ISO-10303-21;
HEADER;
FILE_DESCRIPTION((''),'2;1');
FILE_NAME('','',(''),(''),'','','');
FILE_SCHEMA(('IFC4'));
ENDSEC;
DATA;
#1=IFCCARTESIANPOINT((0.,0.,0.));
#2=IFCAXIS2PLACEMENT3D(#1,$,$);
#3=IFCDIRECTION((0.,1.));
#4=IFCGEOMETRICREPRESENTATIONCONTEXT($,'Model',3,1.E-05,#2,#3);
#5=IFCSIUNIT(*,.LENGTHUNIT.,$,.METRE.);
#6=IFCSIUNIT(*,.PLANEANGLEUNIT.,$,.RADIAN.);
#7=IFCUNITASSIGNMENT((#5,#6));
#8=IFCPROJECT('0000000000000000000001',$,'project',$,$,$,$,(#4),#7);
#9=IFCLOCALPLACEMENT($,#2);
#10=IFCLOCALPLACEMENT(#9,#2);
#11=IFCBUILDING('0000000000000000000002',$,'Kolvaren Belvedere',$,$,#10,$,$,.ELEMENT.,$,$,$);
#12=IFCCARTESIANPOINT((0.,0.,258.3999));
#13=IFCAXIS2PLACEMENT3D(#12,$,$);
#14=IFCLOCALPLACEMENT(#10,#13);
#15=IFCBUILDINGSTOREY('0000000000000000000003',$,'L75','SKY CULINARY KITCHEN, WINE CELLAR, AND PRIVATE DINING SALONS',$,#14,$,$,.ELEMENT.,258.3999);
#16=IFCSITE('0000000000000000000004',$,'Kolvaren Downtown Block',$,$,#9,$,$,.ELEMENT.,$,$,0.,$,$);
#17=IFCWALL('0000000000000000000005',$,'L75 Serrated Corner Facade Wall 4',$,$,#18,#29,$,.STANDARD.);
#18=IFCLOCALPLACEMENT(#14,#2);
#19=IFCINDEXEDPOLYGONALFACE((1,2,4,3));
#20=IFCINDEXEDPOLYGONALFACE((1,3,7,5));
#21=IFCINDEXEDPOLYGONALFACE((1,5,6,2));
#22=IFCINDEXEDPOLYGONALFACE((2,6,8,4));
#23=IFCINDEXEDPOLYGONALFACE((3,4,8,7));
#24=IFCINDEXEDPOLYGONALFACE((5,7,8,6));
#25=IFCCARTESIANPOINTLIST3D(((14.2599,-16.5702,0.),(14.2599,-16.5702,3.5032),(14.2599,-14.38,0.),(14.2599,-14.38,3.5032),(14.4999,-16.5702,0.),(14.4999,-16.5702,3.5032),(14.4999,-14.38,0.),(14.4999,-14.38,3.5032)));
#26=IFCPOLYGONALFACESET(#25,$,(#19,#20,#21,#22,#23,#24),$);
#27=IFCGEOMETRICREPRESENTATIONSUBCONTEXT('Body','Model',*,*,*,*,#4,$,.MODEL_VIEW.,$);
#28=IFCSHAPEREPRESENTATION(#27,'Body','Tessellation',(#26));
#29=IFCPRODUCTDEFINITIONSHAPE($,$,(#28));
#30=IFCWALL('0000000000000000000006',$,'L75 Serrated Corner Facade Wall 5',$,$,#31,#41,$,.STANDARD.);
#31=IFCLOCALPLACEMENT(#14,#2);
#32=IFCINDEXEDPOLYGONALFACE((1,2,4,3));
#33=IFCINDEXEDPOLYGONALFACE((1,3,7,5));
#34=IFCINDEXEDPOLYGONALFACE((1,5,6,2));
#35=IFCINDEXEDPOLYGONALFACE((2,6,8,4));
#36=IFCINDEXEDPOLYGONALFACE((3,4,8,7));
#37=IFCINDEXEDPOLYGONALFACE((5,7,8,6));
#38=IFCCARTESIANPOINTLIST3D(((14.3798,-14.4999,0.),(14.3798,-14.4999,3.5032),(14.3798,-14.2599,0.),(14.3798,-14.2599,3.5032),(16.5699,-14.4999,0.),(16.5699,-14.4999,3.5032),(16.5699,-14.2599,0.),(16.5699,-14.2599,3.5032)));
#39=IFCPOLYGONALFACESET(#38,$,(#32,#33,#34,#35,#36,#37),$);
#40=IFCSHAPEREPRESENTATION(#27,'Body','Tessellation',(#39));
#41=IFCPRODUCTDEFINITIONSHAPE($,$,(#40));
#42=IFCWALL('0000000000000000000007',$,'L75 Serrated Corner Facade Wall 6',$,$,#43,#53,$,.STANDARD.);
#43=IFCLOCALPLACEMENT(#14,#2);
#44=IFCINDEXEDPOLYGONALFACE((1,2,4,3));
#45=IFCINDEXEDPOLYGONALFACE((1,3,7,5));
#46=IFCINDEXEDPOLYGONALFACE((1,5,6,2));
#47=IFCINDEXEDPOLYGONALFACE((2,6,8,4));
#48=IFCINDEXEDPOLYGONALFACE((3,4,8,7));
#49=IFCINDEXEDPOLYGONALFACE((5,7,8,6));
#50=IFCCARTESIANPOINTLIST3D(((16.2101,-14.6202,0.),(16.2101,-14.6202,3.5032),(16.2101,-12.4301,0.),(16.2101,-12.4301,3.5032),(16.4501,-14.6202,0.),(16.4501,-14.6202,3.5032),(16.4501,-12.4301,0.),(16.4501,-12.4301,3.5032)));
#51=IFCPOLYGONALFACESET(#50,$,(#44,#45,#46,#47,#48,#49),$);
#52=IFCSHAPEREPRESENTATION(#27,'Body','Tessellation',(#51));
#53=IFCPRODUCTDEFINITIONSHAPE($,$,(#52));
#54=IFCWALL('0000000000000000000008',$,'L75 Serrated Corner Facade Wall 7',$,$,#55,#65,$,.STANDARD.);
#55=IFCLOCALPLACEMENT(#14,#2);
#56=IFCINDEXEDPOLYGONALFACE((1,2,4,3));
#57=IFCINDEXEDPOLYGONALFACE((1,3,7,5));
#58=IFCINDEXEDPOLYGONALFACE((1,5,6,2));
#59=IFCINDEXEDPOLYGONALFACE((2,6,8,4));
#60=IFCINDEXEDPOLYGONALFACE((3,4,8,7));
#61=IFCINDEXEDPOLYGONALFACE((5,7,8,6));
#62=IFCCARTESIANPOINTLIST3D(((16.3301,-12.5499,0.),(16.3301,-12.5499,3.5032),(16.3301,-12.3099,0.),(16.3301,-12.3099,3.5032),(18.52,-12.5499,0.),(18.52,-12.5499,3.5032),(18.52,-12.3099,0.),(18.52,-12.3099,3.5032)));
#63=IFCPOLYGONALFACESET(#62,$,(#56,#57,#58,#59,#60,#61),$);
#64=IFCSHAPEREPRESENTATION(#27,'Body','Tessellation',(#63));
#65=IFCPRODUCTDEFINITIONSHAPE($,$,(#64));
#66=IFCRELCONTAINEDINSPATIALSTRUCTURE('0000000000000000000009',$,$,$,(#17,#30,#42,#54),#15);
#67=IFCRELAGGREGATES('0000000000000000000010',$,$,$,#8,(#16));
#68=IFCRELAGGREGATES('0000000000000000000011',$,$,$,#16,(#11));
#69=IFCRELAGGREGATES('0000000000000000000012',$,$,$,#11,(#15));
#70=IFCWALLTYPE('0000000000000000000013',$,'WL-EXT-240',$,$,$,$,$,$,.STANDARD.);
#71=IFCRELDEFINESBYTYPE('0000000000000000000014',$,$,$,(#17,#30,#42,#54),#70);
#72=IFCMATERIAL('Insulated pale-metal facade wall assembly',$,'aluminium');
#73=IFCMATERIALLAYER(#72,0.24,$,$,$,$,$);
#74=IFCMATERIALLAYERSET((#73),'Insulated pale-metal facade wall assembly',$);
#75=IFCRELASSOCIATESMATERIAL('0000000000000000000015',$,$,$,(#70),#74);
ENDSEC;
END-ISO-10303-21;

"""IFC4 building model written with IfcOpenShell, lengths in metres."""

from ifc_helpers import new_model, si_unit, direction, frame, frame_2d, origin, place, context, subcontext, project, spatial, rectangle, extrude, material, layer, layer_set, type_object, element, save


model = new_model("IFC4")

# Units and contexts
model_context = context("Model", 3, precision=1e-05, world=origin(), true_north=direction((0.0, 1.0)))
body_context = subcontext(model_context, "Body", "Model", "MODEL_VIEW")
ifc_project = project(units=[si_unit("LENGTHUNIT", "METRE"), si_unit("PLANEANGLEUNIT", "RADIAN")], contexts=[model_context])

# Site, building, storey
site_placement = place(None, origin())
site = spatial("IfcSite", under=ifc_project, at=site_placement, Name="Kolvaren Downtown Block", CompositionType="ELEMENT", RefElevation=0.0)
building_placement = place(site_placement, origin())
building = spatial("IfcBuilding", under=site, at=building_placement, Name="Kolvaren Belvedere", CompositionType="ELEMENT")
storey_placement = place(building_placement, frame((0.0, 0.0, 258.3999)))
storey = spatial("IfcBuildingStorey", under=building, at=storey_placement, Name="L75", Description="SKY CULINARY KITCHEN, WINE CELLAR, AND PRIVATE DINING SALONS", CompositionType="ELEMENT", Elevation=258.3999)

# Walls
ifc_material_1 = material(Name="Insulated pale-metal facade wall assembly", Category="aluminium")
ifc_layer_1 = layer(ifc_material_1, 0.24)
ifc_layer_set_1 = layer_set([ifc_layer_1], Name="Insulated pale-metal facade wall assembly")
wall_type_1 = type_object("IfcWallType", Name="WL-EXT-240", PredefinedType="STANDARD", material=ifc_layer_set_1)
for number, where, z_axis, x_axis, name in (
    (1, (14.3799, -14.3799, 0.0), (0.0, 0.0, 1.0), (0.0, -1.0, 0.0), "L75 Serrated Corner Facade Wall 4"),
    (2, (16.5701, -14.3799, 0.0), (0.0, 0.0, 1.0), (-1.0, 0.0, 0.0), "L75 Serrated Corner Facade Wall 5"),
    (3, (16.3301, -12.4299, 0.0), (0.0, 0.0, 1.0), (0.0, -1.0, 0.0), "L75 Serrated Corner Facade Wall 6"),
):
    element("IfcWall", number, at=place(storey_placement, frame(where, z_axis=z_axis, x_axis=x_axis)), inside=storey, type_object=wall_type_1, Name=name, PredefinedType="STANDARD", context=body_context, shape_type="SweptSolid", body=[
        extrude(rectangle(XDim=2.1902, YDim=0.24, at=frame_2d((1.0952, 0.0))), origin(), (0.0, 0.0, 1.0), 3.5032),
    ])
wall_1_placement = place(storey_placement, frame((18.52, -12.4299, 0.0), z_axis=(0.0, 0.0, 1.0), x_axis=(-1.0, 0.0, 0.0)))
element("IfcWall", 4, at=wall_1_placement, inside=storey, type_object=wall_type_1, Name="L75 Serrated Corner Facade Wall 7", PredefinedType="STANDARD", context=body_context, shape_type="SweptSolid", body=[
    extrude(rectangle(XDim=2.1899, YDim=0.24, at=frame_2d((1.095, 0.0))), origin(), (0.0, 0.0, 1.0), 3.5032),
])

save(model, "model.ifc")
